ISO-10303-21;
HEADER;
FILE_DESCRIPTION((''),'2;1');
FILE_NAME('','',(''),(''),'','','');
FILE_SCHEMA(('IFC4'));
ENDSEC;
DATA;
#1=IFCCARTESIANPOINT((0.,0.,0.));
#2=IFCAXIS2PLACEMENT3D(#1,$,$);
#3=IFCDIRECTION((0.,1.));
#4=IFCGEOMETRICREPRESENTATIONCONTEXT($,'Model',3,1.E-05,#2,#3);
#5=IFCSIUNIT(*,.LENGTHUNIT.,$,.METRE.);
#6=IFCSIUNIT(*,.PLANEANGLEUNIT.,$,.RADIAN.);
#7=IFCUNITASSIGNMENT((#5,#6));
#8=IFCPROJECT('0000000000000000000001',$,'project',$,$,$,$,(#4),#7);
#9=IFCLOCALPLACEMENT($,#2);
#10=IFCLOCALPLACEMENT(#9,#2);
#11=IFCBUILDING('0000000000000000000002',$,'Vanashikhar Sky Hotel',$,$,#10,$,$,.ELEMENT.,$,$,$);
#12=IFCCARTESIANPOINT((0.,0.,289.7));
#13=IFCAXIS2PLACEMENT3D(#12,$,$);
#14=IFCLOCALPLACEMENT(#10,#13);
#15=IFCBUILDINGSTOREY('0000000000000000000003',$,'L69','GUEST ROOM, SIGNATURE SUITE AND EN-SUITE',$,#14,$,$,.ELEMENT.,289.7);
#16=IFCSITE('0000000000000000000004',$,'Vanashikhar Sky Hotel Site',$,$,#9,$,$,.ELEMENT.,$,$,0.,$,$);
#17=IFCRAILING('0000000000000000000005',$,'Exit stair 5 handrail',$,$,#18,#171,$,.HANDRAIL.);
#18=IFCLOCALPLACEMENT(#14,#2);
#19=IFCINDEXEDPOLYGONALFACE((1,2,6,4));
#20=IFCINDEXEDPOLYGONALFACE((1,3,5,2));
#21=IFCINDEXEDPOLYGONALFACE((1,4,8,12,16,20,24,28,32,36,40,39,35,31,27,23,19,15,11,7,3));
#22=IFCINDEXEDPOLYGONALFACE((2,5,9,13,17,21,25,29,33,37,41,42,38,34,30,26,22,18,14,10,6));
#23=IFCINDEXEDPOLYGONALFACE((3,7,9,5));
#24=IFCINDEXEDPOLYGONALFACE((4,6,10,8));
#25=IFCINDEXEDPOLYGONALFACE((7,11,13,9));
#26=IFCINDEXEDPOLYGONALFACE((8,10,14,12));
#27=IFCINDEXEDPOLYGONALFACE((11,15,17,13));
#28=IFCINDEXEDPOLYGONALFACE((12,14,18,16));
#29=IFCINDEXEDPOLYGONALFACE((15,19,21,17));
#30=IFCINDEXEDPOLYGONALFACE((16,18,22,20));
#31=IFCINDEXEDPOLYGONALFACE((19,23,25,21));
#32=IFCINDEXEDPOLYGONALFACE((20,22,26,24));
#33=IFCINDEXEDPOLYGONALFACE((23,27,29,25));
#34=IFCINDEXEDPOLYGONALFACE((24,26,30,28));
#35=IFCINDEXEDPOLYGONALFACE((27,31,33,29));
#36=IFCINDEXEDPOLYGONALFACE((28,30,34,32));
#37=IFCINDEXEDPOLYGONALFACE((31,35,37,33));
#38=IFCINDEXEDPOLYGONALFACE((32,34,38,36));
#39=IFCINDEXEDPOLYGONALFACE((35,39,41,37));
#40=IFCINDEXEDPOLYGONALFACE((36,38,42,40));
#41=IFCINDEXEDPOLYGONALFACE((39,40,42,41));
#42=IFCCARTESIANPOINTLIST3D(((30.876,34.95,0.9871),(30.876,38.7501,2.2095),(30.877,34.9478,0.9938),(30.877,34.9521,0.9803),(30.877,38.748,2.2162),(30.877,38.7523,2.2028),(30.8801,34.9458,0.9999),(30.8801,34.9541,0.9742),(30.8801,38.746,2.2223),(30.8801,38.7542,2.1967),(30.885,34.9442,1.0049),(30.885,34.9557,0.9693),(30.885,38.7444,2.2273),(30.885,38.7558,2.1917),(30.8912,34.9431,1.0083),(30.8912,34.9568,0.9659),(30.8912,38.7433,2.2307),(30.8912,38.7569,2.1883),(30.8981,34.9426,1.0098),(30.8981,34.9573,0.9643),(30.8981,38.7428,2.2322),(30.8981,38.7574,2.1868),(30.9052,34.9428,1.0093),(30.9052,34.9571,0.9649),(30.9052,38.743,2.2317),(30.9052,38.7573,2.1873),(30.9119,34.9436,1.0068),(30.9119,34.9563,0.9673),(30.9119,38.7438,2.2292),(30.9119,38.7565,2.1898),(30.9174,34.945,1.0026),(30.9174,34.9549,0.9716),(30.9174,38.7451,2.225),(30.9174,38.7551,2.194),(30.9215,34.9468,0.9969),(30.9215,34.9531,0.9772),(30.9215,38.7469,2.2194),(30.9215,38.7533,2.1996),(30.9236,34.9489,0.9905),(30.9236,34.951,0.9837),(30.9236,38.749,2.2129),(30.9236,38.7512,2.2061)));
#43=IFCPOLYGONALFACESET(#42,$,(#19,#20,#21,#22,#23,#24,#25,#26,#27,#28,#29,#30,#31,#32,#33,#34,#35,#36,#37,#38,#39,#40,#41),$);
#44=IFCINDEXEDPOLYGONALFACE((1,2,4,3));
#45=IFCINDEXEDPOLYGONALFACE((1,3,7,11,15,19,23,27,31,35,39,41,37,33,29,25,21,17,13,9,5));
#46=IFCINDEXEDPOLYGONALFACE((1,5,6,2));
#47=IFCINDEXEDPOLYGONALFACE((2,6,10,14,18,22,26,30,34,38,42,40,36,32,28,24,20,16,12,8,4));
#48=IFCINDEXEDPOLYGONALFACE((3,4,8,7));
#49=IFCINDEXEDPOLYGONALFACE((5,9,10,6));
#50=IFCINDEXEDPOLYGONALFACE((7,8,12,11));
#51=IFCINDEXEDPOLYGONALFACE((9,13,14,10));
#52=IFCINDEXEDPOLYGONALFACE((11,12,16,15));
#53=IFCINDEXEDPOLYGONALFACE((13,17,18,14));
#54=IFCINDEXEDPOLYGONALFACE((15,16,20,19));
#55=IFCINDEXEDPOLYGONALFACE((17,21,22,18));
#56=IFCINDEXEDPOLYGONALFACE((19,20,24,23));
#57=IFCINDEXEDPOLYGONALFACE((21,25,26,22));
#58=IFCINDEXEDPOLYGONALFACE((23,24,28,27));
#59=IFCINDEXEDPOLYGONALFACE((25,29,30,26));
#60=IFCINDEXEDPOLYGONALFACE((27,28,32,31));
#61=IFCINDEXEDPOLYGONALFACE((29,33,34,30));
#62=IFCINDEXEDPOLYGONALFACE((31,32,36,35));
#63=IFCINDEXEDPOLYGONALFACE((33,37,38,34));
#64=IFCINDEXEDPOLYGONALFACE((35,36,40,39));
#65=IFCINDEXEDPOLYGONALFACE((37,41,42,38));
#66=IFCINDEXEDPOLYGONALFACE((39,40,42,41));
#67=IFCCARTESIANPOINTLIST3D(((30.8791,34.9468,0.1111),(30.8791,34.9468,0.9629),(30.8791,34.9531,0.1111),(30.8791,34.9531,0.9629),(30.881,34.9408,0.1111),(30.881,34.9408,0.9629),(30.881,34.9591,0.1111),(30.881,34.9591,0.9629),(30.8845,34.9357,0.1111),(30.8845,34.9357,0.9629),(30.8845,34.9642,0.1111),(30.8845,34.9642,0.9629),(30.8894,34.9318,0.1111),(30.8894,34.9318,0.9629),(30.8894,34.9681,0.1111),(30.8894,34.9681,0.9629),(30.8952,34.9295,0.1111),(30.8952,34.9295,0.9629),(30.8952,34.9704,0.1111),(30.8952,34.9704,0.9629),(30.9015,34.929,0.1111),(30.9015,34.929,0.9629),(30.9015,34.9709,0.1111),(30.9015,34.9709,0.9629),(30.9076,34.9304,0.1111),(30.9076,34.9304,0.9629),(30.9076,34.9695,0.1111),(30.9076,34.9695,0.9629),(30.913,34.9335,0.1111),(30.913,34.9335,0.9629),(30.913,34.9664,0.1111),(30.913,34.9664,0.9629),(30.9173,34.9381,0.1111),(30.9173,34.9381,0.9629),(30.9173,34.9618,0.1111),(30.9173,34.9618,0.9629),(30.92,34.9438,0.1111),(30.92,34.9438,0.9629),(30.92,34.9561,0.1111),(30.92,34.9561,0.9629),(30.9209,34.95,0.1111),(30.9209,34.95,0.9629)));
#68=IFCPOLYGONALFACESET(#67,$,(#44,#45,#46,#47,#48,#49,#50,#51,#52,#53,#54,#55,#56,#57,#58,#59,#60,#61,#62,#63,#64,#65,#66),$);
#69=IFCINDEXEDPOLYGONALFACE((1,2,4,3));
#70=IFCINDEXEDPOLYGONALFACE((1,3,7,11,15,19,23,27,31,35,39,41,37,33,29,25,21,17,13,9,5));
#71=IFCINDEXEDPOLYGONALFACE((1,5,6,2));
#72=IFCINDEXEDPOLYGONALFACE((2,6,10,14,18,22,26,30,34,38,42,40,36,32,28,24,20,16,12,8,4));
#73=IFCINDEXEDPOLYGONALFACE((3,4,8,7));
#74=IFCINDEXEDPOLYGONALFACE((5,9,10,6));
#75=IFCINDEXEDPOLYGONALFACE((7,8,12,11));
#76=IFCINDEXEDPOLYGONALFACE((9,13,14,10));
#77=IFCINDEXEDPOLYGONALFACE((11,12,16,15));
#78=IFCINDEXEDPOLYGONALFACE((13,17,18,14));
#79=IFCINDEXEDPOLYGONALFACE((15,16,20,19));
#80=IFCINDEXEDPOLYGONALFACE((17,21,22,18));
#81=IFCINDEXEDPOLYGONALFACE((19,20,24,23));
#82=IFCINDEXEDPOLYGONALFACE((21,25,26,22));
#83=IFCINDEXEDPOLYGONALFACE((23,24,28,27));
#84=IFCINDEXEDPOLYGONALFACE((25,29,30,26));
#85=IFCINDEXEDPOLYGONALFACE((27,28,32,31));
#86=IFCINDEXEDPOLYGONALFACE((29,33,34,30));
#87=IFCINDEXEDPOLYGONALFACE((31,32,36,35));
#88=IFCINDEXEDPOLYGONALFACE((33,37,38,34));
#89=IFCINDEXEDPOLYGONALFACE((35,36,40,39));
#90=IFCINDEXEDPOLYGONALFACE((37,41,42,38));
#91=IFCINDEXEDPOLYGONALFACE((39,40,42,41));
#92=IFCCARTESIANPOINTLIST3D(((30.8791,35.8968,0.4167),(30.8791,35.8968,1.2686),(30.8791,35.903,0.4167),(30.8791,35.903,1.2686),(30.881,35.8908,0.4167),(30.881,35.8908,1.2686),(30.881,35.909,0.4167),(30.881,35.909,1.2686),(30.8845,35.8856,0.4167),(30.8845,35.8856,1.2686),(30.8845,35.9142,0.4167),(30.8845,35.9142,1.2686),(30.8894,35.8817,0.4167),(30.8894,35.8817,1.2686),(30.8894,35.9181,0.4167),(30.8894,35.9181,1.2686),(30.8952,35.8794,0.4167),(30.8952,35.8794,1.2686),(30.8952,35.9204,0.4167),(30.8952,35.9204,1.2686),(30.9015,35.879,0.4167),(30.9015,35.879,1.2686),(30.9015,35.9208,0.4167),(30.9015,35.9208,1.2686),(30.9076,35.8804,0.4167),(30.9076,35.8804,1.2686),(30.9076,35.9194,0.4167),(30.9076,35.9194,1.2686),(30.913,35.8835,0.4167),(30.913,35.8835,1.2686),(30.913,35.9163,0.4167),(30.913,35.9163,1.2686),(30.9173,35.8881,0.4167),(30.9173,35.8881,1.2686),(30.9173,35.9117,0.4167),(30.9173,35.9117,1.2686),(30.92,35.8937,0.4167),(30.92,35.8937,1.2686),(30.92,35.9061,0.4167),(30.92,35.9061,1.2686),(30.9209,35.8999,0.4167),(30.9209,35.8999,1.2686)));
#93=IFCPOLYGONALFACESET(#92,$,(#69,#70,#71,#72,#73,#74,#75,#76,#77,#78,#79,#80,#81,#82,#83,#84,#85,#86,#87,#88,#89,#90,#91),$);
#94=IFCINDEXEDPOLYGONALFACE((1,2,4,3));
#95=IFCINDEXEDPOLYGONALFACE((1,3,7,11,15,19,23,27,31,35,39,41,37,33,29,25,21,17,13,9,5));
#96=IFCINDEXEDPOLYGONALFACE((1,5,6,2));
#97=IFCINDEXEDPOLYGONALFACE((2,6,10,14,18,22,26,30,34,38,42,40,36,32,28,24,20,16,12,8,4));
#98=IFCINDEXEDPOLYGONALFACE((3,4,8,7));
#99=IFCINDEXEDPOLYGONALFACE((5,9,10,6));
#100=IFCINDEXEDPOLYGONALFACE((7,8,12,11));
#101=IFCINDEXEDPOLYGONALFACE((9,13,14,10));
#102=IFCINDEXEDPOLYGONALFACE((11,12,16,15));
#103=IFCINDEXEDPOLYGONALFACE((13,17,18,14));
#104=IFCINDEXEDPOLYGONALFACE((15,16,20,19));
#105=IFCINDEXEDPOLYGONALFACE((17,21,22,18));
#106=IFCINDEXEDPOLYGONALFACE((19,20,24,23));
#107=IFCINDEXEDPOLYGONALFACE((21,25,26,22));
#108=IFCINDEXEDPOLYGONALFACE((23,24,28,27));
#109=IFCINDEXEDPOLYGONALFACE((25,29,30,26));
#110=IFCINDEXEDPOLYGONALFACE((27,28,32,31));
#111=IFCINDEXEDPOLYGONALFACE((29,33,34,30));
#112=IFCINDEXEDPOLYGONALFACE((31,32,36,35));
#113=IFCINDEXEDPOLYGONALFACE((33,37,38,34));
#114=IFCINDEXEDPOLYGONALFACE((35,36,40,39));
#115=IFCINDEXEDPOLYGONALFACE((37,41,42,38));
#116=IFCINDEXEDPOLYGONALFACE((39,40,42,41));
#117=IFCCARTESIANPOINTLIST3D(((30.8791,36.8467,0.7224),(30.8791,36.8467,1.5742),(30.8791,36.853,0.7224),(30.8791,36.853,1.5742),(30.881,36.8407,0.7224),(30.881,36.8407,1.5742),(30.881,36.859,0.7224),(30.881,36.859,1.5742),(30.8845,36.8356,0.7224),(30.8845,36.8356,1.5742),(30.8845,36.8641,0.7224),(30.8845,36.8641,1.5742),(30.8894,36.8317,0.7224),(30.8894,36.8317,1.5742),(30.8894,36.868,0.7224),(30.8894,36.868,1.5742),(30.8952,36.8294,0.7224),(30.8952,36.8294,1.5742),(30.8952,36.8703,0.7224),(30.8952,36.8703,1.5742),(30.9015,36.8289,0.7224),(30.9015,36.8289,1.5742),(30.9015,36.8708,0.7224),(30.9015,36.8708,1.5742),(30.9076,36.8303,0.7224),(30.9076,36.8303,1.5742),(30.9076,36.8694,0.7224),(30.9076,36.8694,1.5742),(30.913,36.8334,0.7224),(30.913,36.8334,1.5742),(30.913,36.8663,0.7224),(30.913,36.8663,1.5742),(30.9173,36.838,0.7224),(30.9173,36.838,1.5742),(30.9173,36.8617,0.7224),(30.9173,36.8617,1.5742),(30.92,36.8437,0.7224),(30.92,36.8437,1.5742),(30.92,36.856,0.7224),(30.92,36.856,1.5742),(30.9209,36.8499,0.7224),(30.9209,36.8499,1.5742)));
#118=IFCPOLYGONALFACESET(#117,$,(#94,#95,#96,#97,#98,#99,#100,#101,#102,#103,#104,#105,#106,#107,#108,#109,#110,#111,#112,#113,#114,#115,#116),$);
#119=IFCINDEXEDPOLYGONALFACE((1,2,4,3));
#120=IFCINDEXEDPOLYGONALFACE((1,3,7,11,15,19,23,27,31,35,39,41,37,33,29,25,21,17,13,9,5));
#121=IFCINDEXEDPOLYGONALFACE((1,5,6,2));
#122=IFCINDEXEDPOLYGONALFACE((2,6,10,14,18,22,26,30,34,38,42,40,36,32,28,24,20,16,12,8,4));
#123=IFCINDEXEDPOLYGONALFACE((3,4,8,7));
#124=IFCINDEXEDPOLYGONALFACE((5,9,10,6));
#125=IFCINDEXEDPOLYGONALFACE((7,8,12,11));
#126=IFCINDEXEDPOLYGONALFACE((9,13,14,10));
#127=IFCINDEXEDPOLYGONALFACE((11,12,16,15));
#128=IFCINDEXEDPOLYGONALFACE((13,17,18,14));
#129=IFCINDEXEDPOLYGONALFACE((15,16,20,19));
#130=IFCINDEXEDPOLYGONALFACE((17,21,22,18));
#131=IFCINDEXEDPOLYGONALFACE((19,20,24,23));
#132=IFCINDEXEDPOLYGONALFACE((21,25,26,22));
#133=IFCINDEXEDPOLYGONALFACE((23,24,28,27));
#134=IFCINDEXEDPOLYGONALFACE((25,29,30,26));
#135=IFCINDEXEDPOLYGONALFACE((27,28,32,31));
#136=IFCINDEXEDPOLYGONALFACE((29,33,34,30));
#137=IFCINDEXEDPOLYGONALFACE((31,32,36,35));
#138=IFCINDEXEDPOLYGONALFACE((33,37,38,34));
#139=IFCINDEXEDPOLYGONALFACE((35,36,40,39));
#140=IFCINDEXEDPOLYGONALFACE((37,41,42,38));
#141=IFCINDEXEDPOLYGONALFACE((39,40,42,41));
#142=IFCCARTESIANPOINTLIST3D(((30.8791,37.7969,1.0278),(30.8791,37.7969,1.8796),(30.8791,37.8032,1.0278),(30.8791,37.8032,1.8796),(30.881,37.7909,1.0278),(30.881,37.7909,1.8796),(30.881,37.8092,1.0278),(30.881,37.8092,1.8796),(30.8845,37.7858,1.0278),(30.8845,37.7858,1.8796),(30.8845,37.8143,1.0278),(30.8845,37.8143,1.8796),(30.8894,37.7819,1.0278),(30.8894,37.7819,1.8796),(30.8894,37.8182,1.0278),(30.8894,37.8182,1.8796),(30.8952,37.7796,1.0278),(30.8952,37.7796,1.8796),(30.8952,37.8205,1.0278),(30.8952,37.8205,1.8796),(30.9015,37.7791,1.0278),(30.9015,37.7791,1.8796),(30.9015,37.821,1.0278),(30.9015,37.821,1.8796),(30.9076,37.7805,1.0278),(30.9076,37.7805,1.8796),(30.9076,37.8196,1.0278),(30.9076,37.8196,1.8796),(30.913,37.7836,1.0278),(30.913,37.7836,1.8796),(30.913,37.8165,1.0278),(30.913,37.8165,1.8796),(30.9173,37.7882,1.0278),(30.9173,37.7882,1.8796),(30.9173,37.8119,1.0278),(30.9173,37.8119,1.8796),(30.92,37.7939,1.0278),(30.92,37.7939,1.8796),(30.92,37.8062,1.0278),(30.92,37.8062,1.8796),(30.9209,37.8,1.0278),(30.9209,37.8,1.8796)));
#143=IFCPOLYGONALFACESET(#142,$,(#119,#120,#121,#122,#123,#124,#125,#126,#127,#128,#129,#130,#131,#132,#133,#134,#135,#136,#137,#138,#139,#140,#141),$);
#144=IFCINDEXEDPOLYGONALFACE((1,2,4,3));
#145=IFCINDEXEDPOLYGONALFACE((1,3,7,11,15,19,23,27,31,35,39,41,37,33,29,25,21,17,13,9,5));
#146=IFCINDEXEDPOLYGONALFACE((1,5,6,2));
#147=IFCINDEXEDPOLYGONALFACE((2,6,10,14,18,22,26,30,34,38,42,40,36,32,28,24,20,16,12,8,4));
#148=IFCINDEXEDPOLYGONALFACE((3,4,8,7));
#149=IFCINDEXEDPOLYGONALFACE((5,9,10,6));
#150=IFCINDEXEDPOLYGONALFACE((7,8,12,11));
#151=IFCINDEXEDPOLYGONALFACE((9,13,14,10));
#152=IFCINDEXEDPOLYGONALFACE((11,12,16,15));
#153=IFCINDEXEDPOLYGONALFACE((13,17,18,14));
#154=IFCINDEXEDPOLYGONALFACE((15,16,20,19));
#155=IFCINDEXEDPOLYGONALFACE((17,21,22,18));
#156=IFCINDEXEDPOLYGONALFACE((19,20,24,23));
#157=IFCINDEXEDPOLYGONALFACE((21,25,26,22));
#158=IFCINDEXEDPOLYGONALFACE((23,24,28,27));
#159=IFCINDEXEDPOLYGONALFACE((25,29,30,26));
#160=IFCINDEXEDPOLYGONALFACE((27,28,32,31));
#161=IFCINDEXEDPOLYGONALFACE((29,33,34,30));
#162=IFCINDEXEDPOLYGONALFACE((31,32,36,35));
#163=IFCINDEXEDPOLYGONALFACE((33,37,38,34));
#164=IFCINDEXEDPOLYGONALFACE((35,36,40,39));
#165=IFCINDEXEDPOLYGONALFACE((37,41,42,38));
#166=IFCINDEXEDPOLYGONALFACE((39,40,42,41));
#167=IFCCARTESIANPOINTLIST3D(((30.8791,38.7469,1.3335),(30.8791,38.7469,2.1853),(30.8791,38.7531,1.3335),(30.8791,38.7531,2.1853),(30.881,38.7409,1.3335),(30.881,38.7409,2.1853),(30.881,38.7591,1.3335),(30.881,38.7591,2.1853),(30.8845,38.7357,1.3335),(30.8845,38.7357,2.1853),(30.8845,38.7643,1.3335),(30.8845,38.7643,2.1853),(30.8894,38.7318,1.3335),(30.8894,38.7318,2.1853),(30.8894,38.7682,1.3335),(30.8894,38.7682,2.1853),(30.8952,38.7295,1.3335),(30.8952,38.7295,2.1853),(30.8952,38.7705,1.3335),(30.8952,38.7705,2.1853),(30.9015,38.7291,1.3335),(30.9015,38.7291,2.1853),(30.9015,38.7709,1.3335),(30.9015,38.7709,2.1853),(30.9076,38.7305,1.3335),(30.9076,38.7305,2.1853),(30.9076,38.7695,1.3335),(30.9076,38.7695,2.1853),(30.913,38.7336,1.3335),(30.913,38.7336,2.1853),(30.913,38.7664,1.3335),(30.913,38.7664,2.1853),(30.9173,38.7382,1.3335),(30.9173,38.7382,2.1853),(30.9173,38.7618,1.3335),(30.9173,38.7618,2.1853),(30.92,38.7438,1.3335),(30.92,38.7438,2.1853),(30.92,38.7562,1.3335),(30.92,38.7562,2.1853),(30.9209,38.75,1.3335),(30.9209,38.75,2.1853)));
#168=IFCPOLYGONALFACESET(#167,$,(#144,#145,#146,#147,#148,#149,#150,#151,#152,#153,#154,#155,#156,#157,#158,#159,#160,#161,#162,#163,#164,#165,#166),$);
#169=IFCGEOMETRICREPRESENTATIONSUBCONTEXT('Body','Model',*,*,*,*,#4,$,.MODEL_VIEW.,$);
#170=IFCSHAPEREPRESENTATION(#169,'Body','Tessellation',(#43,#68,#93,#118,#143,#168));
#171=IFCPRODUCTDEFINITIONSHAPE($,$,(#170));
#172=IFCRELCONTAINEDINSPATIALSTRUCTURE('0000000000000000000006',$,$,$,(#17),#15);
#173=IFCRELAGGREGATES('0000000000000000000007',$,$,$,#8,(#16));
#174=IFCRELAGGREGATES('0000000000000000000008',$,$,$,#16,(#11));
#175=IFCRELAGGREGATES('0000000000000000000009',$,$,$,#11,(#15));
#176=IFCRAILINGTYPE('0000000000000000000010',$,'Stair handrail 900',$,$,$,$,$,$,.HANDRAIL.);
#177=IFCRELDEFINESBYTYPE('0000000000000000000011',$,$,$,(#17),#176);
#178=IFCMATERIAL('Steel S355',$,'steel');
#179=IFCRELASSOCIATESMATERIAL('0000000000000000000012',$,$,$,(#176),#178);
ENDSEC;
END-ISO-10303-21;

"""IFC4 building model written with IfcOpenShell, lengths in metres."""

from ifc_helpers import new_model, si_unit, direction, frame, origin, origin_2d, place, context, subcontext, project, spatial, circle, extrude, source, transform, mapped, material, type_object, element, save


model = new_model("IFC4")

# Units and contexts
model_context = context("Model", 3, precision=1e-05, world=origin(), true_north=direction((0.0, 1.0)))
body_context = subcontext(model_context, "Body", "Model", "MODEL_VIEW")
ifc_project = project(units=[si_unit("LENGTHUNIT", "METRE"), si_unit("PLANEANGLEUNIT", "RADIAN")], contexts=[model_context])

# Site, building, storey
site_placement = place(None, origin())
site = spatial("IfcSite", under=ifc_project, at=site_placement, Name="Vanashikhar Sky Hotel Site", CompositionType="ELEMENT", RefElevation=0.0)
building_placement = place(site_placement, origin())
building = spatial("IfcBuilding", under=site, at=building_placement, Name="Vanashikhar Sky Hotel", CompositionType="ELEMENT")
storey_placement = place(building_placement, frame((0.0, 0.0, 289.7)))
storey = spatial("IfcBuildingStorey", under=building, at=storey_placement, Name="L69", Description="GUEST ROOM, SIGNATURE SUITE AND EN-SUITE", CompositionType="ELEMENT", Elevation=289.7)

# Railing
ifc_material_1 = material(Name="Steel S355", Category="steel")
railing_type_1 = type_object("IfcRailingType", Name="Stair handrail 900", PredefinedType="HANDRAIL", material=ifc_material_1)
shared_shape_1 = source(origin(), body_context, "Body", "SweptSolid", [
    extrude(circle(Radius=0.0239, at=origin_2d()), frame((0.0, 0.0, 0.876), z_axis=(0.0, 0.951958, 0.306229), x_axis=(-1.0, 0.0, 0.0)), (0.0, 0.0, 1.0), 3.9919),
    extrude(circle(Radius=0.021, at=origin_2d()), origin(), (0.0, 0.0, 1.0), 0.8518),
    extrude(circle(Radius=0.021, at=origin_2d()), frame((0.0, 0.95, 0.3057)), (0.0, 0.0, 1.0), 0.8518),
    extrude(circle(Radius=0.021, at=origin_2d()), frame((0.0, 1.8999, 0.6113)), (0.0, 0.0, 1.0), 0.8518),
    extrude(circle(Radius=0.021, at=origin_2d()), frame((0.0, 2.8501, 0.9167)), (0.0, 0.0, 1.0), 0.8518),
    extrude(circle(Radius=0.021, at=origin_2d()), frame((0.0, 3.8, 1.2224)), (0.0, 0.0, 1.0), 0.8518),
])
railing_1_placement = place(storey_placement, frame((30.8999, 34.95, 0.1111)))
element("IfcRailing", 1, at=railing_1_placement, inside=storey, type_object=railing_type_1, Name="Exit stair 5 handrail", PredefinedType="HANDRAIL", context=body_context, shape_type="MappedRepresentation", body=[
    mapped(shared_shape_1, transform((0.0, 0.0, 0.0), scale=1.0)),
])

save(model, "model.ifc")
